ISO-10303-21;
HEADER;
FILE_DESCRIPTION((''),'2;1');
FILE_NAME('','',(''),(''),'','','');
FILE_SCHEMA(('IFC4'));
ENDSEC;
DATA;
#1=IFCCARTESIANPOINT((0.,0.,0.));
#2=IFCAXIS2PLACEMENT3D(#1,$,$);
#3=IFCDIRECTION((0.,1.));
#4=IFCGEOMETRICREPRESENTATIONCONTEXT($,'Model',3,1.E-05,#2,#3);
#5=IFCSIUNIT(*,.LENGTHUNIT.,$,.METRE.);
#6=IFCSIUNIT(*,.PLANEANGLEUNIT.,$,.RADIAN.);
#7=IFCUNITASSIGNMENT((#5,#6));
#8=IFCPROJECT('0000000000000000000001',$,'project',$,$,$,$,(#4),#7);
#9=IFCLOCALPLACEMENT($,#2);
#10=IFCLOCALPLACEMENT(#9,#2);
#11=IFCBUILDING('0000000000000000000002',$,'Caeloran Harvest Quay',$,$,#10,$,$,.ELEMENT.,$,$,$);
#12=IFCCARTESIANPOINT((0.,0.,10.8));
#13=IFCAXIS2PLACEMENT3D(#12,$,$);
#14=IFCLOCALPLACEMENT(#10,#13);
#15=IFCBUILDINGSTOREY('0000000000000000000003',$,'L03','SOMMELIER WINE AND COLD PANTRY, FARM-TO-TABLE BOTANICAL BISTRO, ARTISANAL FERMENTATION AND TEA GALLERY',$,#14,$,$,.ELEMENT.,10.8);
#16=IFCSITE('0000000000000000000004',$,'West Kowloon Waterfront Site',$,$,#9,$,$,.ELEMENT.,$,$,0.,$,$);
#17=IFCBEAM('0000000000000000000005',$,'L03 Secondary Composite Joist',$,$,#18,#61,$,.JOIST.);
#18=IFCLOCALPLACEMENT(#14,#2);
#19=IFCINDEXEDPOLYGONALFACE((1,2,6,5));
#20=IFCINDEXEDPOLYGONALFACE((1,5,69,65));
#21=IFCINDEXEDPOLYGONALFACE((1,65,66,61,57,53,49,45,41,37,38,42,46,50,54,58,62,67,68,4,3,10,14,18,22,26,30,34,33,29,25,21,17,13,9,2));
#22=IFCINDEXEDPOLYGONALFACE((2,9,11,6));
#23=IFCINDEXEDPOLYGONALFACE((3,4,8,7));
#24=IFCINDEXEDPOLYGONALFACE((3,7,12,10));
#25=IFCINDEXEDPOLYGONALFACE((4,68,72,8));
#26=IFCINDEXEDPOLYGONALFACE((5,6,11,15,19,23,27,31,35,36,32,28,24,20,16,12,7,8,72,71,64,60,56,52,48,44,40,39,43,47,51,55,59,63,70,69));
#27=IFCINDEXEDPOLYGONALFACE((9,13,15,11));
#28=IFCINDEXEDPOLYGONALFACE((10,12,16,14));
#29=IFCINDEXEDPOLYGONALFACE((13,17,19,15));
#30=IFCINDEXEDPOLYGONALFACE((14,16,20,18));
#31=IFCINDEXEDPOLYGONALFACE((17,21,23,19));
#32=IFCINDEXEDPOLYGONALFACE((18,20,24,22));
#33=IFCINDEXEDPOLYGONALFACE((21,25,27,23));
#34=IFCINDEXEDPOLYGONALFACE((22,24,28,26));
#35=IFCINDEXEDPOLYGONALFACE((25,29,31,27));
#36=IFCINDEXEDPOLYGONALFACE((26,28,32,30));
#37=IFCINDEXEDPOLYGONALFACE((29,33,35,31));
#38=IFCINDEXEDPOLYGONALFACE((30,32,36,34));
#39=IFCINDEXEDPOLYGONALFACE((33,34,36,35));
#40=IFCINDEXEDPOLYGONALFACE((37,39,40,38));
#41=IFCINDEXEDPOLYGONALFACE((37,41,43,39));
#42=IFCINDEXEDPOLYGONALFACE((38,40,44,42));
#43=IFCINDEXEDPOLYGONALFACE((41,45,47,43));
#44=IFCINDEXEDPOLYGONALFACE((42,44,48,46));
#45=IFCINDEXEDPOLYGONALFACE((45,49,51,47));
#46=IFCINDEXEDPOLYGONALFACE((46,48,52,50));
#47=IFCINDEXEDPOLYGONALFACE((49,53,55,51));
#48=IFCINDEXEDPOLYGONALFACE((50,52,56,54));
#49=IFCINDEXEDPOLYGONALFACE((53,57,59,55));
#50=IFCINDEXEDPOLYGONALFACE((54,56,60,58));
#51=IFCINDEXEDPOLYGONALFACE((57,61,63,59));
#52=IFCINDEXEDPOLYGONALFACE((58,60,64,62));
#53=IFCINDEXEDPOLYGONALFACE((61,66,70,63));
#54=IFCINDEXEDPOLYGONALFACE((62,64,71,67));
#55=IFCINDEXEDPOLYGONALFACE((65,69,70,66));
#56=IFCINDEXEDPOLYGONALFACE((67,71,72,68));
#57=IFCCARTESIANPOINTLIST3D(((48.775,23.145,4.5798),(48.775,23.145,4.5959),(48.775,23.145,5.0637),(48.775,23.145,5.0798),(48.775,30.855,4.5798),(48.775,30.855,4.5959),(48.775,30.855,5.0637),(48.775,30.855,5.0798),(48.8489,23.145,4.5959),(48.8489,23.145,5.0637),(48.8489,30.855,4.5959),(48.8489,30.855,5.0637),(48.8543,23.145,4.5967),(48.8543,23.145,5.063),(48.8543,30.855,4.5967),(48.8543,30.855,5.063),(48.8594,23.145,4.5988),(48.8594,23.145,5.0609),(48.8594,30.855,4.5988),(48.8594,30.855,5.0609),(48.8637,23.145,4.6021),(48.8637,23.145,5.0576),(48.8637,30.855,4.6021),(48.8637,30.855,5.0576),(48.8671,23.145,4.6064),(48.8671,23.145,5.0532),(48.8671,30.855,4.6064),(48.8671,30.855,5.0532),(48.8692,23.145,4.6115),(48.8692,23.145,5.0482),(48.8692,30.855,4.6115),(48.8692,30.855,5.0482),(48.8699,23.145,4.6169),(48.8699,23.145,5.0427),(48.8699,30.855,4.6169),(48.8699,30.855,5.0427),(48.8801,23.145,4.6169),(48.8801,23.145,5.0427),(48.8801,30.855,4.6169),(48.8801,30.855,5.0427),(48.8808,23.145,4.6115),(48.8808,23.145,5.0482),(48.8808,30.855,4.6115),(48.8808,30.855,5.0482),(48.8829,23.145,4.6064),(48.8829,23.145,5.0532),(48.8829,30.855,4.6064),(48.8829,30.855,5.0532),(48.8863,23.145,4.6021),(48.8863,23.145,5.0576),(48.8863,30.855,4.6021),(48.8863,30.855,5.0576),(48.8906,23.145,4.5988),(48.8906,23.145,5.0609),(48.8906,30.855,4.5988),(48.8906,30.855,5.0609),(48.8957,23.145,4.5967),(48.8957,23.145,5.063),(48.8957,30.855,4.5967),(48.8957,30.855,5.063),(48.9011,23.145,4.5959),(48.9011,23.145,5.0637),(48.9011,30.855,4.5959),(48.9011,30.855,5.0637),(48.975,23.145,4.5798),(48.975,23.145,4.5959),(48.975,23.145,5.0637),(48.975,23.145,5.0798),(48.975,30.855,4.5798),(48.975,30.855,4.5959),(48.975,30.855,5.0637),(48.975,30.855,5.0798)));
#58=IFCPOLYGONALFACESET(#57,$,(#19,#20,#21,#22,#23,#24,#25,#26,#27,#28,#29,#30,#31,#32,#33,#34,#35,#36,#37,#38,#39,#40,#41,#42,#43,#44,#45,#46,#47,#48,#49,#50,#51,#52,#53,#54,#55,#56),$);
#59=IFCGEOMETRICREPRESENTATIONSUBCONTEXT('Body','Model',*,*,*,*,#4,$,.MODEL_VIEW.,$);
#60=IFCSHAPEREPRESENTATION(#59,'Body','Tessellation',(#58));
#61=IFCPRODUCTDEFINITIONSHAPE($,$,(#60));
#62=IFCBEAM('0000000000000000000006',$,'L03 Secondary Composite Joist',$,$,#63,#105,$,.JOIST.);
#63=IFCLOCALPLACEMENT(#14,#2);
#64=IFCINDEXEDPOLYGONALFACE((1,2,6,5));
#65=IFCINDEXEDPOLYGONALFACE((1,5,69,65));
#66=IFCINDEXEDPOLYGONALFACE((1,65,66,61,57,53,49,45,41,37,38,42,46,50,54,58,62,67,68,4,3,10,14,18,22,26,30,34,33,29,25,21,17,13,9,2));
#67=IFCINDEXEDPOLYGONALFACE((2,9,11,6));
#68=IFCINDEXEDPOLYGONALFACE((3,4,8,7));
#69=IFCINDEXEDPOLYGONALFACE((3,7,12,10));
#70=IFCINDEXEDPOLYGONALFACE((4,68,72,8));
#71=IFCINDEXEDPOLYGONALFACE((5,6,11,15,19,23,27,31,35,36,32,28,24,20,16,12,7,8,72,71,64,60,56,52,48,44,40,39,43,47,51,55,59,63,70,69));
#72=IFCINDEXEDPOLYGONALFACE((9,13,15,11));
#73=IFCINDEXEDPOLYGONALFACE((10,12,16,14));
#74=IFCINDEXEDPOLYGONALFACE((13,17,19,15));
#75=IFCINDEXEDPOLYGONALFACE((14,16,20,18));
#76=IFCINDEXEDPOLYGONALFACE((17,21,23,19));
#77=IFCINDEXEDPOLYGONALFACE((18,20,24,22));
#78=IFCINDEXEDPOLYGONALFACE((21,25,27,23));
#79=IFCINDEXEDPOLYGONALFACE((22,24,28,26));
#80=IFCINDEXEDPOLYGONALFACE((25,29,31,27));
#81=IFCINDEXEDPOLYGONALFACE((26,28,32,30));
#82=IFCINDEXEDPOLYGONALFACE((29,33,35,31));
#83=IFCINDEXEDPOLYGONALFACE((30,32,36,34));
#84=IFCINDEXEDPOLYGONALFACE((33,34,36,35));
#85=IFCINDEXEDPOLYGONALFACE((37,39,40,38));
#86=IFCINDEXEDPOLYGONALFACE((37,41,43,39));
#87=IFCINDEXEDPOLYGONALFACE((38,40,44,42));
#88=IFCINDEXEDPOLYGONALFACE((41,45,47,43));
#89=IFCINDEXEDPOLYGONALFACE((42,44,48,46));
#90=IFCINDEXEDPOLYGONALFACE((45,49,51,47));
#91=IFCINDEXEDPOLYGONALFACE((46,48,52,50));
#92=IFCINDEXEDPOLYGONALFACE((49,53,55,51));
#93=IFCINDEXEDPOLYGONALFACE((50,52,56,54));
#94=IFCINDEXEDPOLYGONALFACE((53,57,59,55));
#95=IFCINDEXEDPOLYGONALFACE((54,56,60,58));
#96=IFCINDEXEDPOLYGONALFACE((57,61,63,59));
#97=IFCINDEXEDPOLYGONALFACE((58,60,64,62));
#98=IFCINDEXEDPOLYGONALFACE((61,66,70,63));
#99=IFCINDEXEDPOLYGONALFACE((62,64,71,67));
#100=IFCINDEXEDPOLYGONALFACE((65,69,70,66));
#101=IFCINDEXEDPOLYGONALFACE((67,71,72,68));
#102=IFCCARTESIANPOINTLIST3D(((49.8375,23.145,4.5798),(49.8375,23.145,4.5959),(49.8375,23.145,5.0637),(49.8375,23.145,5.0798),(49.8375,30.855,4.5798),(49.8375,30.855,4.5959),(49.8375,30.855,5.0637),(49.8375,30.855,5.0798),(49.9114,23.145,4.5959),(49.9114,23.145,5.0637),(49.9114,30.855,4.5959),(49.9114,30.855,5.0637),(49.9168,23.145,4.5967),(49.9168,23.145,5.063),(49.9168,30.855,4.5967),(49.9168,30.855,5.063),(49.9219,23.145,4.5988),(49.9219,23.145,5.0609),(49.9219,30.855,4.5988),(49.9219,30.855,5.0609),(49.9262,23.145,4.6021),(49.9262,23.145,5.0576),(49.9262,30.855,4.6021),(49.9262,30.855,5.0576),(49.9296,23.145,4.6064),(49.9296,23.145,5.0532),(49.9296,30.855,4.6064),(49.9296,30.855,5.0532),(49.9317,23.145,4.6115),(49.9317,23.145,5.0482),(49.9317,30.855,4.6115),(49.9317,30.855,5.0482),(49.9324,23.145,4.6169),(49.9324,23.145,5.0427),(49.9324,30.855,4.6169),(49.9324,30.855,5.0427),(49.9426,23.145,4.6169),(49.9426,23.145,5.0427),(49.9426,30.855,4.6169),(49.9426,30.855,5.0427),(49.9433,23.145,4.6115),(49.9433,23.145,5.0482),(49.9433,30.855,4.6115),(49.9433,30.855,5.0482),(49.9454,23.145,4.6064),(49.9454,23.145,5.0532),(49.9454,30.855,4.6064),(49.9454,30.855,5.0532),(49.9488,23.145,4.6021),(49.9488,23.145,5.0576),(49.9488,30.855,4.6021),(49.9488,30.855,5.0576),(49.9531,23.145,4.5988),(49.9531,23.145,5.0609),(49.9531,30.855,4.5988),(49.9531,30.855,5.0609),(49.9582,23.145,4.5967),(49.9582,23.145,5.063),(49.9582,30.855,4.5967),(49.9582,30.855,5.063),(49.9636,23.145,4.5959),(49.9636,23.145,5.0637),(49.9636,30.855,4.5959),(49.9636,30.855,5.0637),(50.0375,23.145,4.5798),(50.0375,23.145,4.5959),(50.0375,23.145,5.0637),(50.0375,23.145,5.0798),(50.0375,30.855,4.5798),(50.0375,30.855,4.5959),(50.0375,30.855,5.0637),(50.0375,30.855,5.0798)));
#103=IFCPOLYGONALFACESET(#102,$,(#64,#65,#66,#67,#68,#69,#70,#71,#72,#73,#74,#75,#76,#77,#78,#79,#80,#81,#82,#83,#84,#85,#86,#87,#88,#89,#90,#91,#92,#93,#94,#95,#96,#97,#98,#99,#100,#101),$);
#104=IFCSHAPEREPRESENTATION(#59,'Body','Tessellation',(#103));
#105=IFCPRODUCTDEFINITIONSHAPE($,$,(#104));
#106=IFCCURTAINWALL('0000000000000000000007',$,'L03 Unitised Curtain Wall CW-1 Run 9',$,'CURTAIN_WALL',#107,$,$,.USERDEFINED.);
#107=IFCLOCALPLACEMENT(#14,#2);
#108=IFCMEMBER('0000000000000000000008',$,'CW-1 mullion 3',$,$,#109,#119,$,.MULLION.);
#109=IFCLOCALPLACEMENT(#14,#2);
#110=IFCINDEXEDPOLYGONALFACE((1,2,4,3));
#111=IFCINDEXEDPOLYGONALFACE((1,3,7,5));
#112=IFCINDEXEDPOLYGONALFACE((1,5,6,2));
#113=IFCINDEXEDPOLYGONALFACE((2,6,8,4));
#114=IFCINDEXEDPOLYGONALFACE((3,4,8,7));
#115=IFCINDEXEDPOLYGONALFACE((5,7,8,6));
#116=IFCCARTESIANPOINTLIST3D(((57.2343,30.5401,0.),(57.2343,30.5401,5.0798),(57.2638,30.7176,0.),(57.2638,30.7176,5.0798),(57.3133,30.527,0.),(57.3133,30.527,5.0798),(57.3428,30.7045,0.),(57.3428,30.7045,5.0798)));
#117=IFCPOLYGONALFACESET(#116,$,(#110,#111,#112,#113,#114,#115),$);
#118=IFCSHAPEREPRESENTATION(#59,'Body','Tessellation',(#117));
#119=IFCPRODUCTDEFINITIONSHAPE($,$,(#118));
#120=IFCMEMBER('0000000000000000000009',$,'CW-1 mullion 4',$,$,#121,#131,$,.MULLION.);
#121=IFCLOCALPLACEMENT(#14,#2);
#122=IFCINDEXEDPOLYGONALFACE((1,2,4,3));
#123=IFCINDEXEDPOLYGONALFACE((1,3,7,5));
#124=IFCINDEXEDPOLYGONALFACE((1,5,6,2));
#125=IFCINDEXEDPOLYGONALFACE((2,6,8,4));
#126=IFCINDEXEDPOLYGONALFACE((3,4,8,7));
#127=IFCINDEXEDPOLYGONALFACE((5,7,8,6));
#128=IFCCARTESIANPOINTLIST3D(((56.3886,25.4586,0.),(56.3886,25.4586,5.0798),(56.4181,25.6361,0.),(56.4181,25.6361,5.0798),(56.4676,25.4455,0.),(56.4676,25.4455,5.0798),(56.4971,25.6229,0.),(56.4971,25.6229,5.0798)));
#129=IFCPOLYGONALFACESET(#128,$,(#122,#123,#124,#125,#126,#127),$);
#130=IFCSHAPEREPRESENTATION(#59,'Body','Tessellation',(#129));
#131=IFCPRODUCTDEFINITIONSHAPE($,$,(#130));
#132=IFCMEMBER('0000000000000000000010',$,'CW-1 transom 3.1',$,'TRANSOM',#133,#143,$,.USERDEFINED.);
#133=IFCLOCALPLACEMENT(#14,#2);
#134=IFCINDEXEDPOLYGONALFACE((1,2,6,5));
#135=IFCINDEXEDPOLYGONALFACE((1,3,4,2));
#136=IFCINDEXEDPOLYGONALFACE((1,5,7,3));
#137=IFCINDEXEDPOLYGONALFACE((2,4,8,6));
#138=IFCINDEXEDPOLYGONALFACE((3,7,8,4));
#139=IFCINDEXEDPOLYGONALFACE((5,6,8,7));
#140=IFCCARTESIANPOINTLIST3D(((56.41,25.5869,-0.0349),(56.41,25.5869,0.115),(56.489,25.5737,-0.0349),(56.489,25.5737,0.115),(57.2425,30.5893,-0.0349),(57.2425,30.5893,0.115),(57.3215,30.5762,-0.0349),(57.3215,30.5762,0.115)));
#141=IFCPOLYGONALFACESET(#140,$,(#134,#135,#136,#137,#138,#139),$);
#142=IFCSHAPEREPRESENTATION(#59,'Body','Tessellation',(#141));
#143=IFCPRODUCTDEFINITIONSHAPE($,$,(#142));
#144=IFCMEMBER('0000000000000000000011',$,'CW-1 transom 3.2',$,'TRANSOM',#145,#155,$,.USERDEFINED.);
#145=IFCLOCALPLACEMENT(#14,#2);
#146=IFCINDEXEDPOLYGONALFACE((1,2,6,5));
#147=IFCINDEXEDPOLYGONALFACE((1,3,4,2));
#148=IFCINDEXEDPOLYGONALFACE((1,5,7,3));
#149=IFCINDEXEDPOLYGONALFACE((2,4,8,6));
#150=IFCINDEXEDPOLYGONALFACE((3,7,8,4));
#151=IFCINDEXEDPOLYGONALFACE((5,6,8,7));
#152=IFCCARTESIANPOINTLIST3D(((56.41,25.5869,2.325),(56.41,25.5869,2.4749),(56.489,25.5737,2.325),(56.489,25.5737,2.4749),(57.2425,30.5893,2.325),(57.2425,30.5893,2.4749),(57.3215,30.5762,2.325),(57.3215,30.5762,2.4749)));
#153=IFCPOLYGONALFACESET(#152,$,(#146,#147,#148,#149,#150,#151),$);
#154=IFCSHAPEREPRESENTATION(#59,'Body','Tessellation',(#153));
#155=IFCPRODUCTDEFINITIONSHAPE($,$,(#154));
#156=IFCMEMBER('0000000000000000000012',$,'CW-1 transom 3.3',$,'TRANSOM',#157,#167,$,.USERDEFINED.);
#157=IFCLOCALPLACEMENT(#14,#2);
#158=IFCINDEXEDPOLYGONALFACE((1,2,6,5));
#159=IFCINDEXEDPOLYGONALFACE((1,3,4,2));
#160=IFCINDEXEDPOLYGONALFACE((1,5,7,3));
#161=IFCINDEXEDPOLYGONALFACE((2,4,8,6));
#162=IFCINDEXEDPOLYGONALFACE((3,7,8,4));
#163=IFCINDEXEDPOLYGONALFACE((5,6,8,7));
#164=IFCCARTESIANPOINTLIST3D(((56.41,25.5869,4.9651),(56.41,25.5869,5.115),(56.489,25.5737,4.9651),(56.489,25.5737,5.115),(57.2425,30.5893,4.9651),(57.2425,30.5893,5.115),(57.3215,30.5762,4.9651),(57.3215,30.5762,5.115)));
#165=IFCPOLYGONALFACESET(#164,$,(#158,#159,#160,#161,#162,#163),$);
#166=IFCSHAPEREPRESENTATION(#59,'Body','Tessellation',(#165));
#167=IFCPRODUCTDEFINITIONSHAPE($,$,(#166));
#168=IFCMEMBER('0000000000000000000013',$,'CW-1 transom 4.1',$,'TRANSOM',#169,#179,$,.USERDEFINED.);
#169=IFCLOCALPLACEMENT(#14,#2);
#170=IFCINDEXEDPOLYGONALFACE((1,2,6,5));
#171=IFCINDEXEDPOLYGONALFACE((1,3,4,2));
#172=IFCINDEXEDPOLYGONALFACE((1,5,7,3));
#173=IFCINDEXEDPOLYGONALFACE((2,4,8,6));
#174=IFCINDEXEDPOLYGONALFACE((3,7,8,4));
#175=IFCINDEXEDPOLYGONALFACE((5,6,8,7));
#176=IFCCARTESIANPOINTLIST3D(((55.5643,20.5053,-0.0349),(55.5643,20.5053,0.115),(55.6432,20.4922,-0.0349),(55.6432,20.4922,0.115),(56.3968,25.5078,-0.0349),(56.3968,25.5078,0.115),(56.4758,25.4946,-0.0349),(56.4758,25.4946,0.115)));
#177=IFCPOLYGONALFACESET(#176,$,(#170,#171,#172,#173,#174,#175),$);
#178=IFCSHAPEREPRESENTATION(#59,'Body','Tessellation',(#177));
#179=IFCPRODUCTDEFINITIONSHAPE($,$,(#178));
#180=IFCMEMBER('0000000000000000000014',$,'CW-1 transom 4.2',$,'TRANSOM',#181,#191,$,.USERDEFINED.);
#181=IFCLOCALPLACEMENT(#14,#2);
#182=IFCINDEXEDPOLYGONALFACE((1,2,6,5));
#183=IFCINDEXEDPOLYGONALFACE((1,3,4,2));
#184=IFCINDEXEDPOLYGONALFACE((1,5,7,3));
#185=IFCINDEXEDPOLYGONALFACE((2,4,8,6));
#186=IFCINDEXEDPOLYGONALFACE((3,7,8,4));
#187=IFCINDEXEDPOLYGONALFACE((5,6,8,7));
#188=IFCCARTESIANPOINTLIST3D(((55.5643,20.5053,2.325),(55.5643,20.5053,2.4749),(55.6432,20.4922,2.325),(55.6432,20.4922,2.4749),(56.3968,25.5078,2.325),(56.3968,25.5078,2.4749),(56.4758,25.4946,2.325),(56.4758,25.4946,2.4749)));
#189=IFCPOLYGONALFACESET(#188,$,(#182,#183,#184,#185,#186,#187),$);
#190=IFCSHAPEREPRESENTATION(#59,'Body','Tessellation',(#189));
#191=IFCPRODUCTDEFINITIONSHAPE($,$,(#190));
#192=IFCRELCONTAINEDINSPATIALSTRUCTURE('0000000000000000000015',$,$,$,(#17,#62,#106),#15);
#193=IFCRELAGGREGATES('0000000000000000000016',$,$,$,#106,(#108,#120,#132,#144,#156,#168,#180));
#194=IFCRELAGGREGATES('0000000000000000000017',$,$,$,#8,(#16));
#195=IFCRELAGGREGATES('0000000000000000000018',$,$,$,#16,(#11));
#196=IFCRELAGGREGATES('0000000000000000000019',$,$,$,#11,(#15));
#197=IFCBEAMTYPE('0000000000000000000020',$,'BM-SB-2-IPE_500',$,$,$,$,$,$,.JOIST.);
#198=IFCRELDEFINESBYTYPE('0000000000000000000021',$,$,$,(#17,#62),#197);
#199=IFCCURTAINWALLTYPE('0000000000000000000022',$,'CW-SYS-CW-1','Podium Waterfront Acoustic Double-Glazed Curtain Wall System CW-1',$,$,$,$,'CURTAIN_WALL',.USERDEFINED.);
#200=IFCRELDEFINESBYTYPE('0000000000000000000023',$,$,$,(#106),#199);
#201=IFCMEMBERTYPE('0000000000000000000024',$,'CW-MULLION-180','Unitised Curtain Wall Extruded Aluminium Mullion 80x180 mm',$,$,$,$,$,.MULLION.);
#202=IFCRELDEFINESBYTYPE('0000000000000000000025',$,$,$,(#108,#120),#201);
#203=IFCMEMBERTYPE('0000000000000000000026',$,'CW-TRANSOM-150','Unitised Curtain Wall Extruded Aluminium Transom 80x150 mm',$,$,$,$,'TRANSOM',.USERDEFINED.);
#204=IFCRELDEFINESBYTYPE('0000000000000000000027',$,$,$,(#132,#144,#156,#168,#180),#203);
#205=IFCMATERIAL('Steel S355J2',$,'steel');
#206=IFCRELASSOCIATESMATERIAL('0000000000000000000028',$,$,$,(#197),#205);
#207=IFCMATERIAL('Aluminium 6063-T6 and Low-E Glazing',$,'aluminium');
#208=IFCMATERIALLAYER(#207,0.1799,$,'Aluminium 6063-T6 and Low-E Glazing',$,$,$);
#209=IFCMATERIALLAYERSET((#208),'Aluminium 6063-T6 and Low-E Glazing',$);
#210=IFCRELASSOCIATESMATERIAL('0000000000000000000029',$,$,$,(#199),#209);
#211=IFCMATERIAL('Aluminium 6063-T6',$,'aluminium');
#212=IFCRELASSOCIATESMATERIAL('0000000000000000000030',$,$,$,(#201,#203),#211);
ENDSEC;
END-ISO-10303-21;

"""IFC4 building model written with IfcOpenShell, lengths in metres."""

from ifc_helpers import new_model, si_unit, direction, frame, origin, origin_2d, place, context, subcontext, project, spatial, rectangle, i_section, extrude, material, layer, layer_set, material_profile, profile_set, type_object, element, aggregate, save


model = new_model("IFC4")

# Units and contexts
model_context = context("Model", 3, precision=1e-05, world=origin(), true_north=direction((0.0, 1.0)))
body_context = subcontext(model_context, "Body", "Model", "MODEL_VIEW")
ifc_project = project(units=[si_unit("LENGTHUNIT", "METRE"), si_unit("PLANEANGLEUNIT", "RADIAN")], contexts=[model_context])

# Site, building, storey
site_placement = place(None, origin())
site = spatial("IfcSite", under=ifc_project, at=site_placement, Name="West Kowloon Waterfront Site", CompositionType="ELEMENT", RefElevation=0.0)
building_placement = place(site_placement, origin())
building = spatial("IfcBuilding", under=site, at=building_placement, Name="Caeloran Harvest Quay", CompositionType="ELEMENT")
storey_placement = place(building_placement, frame((0.0, 0.0, 10.8)))
storey = spatial("IfcBuildingStorey", under=building, at=storey_placement, Name="L03", Description="SOMMELIER WINE AND COLD PANTRY, FARM-TO-TABLE BOTANICAL BISTRO, ARTISANAL FERMENTATION AND TEA GALLERY", CompositionType="ELEMENT", Elevation=10.8)

# Beams
ifc_material_1 = material(Name="Steel S355J2", Category="steel")
ifc_material_profile_1 = material_profile(ifc_material_1, i_section(OverallWidth=0.2, OverallDepth=0.5, WebThickness=0.0103, FlangeThickness=0.0161, FilletRadius=0.021, at=origin_2d()), Name="IPE 500")
ifc_profile_set_1 = profile_set([ifc_material_profile_1], Name="Steel S355J2")
beam_type_1 = type_object("IfcBeamType", Name="BM-SB-2-IPE_500", PredefinedType="JOIST", material=ifc_profile_set_1)
for number, where, z_axis, x_axis, name in (
    (1, (48.875, 23.145, 4.8298), (0.0, 1.0, 0.0), (-1.0, 0.0, 0.0), "L03 Secondary Composite Joist"),
    (2, (49.9375, 23.145, 4.8298), (0.0, 1.0, 0.0), (-1.0, 0.0, 0.0), "L03 Secondary Composite Joist"),
):
    element("IfcBeam", number, at=place(storey_placement, frame(where, z_axis=z_axis, x_axis=x_axis)), inside=storey, type_object=beam_type_1, Name=name, PredefinedType="JOIST", context=body_context, shape_type="SweptSolid", body=[
        extrude(i_section(OverallWidth=0.2, OverallDepth=0.5, WebThickness=0.0103, FlangeThickness=0.0161, FilletRadius=0.021, at=origin_2d()), origin(), (0.0, 0.0, 1.0), 7.71),
    ])

# Curtain wall, members
ifc_material_2 = material(Name="Aluminium 6063-T6 and Low-E Glazing", Category="aluminium")
ifc_layer_1 = layer(ifc_material_2, 0.1799, Name="Aluminium 6063-T6 and Low-E Glazing")
ifc_layer_set_1 = layer_set([ifc_layer_1], Name="Aluminium 6063-T6 and Low-E Glazing")
curtain_wall_type = type_object("IfcCurtainWallType", Name="CW-SYS-CW-1", Description="Podium Waterfront Acoustic Double-Glazed Curtain Wall System CW-1", ElementType="CURTAIN_WALL", PredefinedType="USERDEFINED", material=ifc_layer_set_1)
curtain_wall_placement = place(storey_placement, origin())
curtain_wall = element("IfcCurtainWall", 3, at=curtain_wall_placement, inside=storey, type_object=curtain_wall_type, Name="L03 Unitised Curtain Wall CW-1 Run 9", ObjectType="CURTAIN_WALL", PredefinedType="USERDEFINED")
ifc_material_3 = material(Name="Aluminium 6063-T6", Category="aluminium")
ifc_material_profile_2 = material_profile(ifc_material_3, rectangle(XDim=0.0801, YDim=0.1799, at=origin_2d()), Name="CW-MULLION-180")
ifc_profile_set_2 = profile_set([ifc_material_profile_2], Name="Aluminium 6063-T6")
member_type_1 = type_object("IfcMemberType", Name="CW-MULLION-180", Description="Unitised Curtain Wall Extruded Aluminium Mullion 80x180 mm", PredefinedType="MULLION", material=ifc_profile_set_2)
member_1_placement = place(storey_placement, frame((57.2886, 30.6223, 0.0), z_axis=(0.0, 0.0, 1.0), x_axis=(0.986431, -0.164174, 0.0)))
member_1 = element("IfcMember", 4, at=member_1_placement, type_object=member_type_1, Name="CW-1 mullion 3", PredefinedType="MULLION", context=body_context, shape_type="SweptSolid", body=[
    extrude(rectangle(XDim=0.0801, YDim=0.1799, at=origin_2d()), origin(), (0.0, 0.0, 1.0), 5.0798),
])
member_2_placement = place(storey_placement, frame((56.4429, 25.5408, 0.0), z_axis=(0.0, 0.0, 1.0), x_axis=(0.986431, -0.164174, 0.0)))
member_2 = element("IfcMember", 5, at=member_2_placement, type_object=member_type_1, Name="CW-1 mullion 4", PredefinedType="MULLION", context=body_context, shape_type="SweptSolid", body=[
    extrude(rectangle(XDim=0.0801, YDim=0.1799, at=origin_2d()), origin(), (0.0, 0.0, 1.0), 5.0798),
])
ifc_material_profile_3 = material_profile(ifc_material_3, rectangle(XDim=0.0801, YDim=0.1499, at=origin_2d()), Name="CW-TRANSOM-150")
ifc_profile_set_3 = profile_set([ifc_material_profile_3], Name="Aluminium 6063-T6")
member_type_2 = type_object("IfcMemberType", Name="CW-TRANSOM-150", Description="Unitised Curtain Wall Extruded Aluminium Transom 80x150 mm", ElementType="TRANSOM", PredefinedType="USERDEFINED", material=ifc_profile_set_3)
member_3_placement = place(storey_placement, frame((57.282, 30.5828, 0.04), z_axis=(-0.164165, -0.986433, 0.0), x_axis=(0.986433, -0.164165, 0.0)))
member_3 = element("IfcMember", 6, at=member_3_placement, type_object=member_type_2, Name="CW-1 transom 3.1", ObjectType="TRANSOM", PredefinedType="USERDEFINED", context=body_context, shape_type="SweptSolid", body=[
    extrude(rectangle(XDim=0.0801, YDim=0.1499, at=origin_2d()), origin(), (0.0, 0.0, 1.0), 5.0713),
])
member_4_placement = place(storey_placement, frame((57.282, 30.5828, 2.3999), z_axis=(-0.164165, -0.986433, 0.0), x_axis=(0.986433, -0.164165, 0.0)))
member_4 = element("IfcMember", 7, at=member_4_placement, type_object=member_type_2, Name="CW-1 transom 3.2", ObjectType="TRANSOM", PredefinedType="USERDEFINED", context=body_context, shape_type="SweptSolid", body=[
    extrude(rectangle(XDim=0.0801, YDim=0.1499, at=origin_2d()), origin(), (0.0, 0.0, 1.0), 5.0713),
])
member_5_placement = place(storey_placement, frame((57.282, 30.5828, 5.04), z_axis=(-0.164165, -0.986433, 0.0), x_axis=(0.986433, -0.164165, 0.0)))
member_5 = element("IfcMember", 8, at=member_5_placement, type_object=member_type_2, Name="CW-1 transom 3.3", ObjectType="TRANSOM", PredefinedType="USERDEFINED", context=body_context, shape_type="SweptSolid", body=[
    extrude(rectangle(XDim=0.0801, YDim=0.1499, at=origin_2d()), origin(), (0.0, 0.0, 1.0), 5.0713),
])
member_6_placement = place(storey_placement, frame((56.4363, 25.5012, 0.04), z_axis=(-0.164165, -0.986433, 0.0), x_axis=(0.986433, -0.164165, 0.0)))
member_6 = element("IfcMember", 9, at=member_6_placement, type_object=member_type_2, Name="CW-1 transom 4.1", ObjectType="TRANSOM", PredefinedType="USERDEFINED", context=body_context, shape_type="SweptSolid", body=[
    extrude(rectangle(XDim=0.0801, YDim=0.1499, at=origin_2d()), origin(), (0.0, 0.0, 1.0), 5.0713),
])
member_7_placement = place(storey_placement, frame((56.4363, 25.5012, 2.3999), z_axis=(-0.164165, -0.986433, 0.0), x_axis=(0.986433, -0.164165, 0.0)))
member_7 = element("IfcMember", 10, at=member_7_placement, type_object=member_type_2, Name="CW-1 transom 4.2", ObjectType="TRANSOM", PredefinedType="USERDEFINED", context=body_context, shape_type="SweptSolid", body=[
    extrude(rectangle(XDim=0.0801, YDim=0.1499, at=origin_2d()), origin(), (0.0, 0.0, 1.0), 5.0713),
])
aggregate(curtain_wall, [member_1, member_2, member_3, member_4, member_5, member_6, member_7])

save(model, "model.ifc")
